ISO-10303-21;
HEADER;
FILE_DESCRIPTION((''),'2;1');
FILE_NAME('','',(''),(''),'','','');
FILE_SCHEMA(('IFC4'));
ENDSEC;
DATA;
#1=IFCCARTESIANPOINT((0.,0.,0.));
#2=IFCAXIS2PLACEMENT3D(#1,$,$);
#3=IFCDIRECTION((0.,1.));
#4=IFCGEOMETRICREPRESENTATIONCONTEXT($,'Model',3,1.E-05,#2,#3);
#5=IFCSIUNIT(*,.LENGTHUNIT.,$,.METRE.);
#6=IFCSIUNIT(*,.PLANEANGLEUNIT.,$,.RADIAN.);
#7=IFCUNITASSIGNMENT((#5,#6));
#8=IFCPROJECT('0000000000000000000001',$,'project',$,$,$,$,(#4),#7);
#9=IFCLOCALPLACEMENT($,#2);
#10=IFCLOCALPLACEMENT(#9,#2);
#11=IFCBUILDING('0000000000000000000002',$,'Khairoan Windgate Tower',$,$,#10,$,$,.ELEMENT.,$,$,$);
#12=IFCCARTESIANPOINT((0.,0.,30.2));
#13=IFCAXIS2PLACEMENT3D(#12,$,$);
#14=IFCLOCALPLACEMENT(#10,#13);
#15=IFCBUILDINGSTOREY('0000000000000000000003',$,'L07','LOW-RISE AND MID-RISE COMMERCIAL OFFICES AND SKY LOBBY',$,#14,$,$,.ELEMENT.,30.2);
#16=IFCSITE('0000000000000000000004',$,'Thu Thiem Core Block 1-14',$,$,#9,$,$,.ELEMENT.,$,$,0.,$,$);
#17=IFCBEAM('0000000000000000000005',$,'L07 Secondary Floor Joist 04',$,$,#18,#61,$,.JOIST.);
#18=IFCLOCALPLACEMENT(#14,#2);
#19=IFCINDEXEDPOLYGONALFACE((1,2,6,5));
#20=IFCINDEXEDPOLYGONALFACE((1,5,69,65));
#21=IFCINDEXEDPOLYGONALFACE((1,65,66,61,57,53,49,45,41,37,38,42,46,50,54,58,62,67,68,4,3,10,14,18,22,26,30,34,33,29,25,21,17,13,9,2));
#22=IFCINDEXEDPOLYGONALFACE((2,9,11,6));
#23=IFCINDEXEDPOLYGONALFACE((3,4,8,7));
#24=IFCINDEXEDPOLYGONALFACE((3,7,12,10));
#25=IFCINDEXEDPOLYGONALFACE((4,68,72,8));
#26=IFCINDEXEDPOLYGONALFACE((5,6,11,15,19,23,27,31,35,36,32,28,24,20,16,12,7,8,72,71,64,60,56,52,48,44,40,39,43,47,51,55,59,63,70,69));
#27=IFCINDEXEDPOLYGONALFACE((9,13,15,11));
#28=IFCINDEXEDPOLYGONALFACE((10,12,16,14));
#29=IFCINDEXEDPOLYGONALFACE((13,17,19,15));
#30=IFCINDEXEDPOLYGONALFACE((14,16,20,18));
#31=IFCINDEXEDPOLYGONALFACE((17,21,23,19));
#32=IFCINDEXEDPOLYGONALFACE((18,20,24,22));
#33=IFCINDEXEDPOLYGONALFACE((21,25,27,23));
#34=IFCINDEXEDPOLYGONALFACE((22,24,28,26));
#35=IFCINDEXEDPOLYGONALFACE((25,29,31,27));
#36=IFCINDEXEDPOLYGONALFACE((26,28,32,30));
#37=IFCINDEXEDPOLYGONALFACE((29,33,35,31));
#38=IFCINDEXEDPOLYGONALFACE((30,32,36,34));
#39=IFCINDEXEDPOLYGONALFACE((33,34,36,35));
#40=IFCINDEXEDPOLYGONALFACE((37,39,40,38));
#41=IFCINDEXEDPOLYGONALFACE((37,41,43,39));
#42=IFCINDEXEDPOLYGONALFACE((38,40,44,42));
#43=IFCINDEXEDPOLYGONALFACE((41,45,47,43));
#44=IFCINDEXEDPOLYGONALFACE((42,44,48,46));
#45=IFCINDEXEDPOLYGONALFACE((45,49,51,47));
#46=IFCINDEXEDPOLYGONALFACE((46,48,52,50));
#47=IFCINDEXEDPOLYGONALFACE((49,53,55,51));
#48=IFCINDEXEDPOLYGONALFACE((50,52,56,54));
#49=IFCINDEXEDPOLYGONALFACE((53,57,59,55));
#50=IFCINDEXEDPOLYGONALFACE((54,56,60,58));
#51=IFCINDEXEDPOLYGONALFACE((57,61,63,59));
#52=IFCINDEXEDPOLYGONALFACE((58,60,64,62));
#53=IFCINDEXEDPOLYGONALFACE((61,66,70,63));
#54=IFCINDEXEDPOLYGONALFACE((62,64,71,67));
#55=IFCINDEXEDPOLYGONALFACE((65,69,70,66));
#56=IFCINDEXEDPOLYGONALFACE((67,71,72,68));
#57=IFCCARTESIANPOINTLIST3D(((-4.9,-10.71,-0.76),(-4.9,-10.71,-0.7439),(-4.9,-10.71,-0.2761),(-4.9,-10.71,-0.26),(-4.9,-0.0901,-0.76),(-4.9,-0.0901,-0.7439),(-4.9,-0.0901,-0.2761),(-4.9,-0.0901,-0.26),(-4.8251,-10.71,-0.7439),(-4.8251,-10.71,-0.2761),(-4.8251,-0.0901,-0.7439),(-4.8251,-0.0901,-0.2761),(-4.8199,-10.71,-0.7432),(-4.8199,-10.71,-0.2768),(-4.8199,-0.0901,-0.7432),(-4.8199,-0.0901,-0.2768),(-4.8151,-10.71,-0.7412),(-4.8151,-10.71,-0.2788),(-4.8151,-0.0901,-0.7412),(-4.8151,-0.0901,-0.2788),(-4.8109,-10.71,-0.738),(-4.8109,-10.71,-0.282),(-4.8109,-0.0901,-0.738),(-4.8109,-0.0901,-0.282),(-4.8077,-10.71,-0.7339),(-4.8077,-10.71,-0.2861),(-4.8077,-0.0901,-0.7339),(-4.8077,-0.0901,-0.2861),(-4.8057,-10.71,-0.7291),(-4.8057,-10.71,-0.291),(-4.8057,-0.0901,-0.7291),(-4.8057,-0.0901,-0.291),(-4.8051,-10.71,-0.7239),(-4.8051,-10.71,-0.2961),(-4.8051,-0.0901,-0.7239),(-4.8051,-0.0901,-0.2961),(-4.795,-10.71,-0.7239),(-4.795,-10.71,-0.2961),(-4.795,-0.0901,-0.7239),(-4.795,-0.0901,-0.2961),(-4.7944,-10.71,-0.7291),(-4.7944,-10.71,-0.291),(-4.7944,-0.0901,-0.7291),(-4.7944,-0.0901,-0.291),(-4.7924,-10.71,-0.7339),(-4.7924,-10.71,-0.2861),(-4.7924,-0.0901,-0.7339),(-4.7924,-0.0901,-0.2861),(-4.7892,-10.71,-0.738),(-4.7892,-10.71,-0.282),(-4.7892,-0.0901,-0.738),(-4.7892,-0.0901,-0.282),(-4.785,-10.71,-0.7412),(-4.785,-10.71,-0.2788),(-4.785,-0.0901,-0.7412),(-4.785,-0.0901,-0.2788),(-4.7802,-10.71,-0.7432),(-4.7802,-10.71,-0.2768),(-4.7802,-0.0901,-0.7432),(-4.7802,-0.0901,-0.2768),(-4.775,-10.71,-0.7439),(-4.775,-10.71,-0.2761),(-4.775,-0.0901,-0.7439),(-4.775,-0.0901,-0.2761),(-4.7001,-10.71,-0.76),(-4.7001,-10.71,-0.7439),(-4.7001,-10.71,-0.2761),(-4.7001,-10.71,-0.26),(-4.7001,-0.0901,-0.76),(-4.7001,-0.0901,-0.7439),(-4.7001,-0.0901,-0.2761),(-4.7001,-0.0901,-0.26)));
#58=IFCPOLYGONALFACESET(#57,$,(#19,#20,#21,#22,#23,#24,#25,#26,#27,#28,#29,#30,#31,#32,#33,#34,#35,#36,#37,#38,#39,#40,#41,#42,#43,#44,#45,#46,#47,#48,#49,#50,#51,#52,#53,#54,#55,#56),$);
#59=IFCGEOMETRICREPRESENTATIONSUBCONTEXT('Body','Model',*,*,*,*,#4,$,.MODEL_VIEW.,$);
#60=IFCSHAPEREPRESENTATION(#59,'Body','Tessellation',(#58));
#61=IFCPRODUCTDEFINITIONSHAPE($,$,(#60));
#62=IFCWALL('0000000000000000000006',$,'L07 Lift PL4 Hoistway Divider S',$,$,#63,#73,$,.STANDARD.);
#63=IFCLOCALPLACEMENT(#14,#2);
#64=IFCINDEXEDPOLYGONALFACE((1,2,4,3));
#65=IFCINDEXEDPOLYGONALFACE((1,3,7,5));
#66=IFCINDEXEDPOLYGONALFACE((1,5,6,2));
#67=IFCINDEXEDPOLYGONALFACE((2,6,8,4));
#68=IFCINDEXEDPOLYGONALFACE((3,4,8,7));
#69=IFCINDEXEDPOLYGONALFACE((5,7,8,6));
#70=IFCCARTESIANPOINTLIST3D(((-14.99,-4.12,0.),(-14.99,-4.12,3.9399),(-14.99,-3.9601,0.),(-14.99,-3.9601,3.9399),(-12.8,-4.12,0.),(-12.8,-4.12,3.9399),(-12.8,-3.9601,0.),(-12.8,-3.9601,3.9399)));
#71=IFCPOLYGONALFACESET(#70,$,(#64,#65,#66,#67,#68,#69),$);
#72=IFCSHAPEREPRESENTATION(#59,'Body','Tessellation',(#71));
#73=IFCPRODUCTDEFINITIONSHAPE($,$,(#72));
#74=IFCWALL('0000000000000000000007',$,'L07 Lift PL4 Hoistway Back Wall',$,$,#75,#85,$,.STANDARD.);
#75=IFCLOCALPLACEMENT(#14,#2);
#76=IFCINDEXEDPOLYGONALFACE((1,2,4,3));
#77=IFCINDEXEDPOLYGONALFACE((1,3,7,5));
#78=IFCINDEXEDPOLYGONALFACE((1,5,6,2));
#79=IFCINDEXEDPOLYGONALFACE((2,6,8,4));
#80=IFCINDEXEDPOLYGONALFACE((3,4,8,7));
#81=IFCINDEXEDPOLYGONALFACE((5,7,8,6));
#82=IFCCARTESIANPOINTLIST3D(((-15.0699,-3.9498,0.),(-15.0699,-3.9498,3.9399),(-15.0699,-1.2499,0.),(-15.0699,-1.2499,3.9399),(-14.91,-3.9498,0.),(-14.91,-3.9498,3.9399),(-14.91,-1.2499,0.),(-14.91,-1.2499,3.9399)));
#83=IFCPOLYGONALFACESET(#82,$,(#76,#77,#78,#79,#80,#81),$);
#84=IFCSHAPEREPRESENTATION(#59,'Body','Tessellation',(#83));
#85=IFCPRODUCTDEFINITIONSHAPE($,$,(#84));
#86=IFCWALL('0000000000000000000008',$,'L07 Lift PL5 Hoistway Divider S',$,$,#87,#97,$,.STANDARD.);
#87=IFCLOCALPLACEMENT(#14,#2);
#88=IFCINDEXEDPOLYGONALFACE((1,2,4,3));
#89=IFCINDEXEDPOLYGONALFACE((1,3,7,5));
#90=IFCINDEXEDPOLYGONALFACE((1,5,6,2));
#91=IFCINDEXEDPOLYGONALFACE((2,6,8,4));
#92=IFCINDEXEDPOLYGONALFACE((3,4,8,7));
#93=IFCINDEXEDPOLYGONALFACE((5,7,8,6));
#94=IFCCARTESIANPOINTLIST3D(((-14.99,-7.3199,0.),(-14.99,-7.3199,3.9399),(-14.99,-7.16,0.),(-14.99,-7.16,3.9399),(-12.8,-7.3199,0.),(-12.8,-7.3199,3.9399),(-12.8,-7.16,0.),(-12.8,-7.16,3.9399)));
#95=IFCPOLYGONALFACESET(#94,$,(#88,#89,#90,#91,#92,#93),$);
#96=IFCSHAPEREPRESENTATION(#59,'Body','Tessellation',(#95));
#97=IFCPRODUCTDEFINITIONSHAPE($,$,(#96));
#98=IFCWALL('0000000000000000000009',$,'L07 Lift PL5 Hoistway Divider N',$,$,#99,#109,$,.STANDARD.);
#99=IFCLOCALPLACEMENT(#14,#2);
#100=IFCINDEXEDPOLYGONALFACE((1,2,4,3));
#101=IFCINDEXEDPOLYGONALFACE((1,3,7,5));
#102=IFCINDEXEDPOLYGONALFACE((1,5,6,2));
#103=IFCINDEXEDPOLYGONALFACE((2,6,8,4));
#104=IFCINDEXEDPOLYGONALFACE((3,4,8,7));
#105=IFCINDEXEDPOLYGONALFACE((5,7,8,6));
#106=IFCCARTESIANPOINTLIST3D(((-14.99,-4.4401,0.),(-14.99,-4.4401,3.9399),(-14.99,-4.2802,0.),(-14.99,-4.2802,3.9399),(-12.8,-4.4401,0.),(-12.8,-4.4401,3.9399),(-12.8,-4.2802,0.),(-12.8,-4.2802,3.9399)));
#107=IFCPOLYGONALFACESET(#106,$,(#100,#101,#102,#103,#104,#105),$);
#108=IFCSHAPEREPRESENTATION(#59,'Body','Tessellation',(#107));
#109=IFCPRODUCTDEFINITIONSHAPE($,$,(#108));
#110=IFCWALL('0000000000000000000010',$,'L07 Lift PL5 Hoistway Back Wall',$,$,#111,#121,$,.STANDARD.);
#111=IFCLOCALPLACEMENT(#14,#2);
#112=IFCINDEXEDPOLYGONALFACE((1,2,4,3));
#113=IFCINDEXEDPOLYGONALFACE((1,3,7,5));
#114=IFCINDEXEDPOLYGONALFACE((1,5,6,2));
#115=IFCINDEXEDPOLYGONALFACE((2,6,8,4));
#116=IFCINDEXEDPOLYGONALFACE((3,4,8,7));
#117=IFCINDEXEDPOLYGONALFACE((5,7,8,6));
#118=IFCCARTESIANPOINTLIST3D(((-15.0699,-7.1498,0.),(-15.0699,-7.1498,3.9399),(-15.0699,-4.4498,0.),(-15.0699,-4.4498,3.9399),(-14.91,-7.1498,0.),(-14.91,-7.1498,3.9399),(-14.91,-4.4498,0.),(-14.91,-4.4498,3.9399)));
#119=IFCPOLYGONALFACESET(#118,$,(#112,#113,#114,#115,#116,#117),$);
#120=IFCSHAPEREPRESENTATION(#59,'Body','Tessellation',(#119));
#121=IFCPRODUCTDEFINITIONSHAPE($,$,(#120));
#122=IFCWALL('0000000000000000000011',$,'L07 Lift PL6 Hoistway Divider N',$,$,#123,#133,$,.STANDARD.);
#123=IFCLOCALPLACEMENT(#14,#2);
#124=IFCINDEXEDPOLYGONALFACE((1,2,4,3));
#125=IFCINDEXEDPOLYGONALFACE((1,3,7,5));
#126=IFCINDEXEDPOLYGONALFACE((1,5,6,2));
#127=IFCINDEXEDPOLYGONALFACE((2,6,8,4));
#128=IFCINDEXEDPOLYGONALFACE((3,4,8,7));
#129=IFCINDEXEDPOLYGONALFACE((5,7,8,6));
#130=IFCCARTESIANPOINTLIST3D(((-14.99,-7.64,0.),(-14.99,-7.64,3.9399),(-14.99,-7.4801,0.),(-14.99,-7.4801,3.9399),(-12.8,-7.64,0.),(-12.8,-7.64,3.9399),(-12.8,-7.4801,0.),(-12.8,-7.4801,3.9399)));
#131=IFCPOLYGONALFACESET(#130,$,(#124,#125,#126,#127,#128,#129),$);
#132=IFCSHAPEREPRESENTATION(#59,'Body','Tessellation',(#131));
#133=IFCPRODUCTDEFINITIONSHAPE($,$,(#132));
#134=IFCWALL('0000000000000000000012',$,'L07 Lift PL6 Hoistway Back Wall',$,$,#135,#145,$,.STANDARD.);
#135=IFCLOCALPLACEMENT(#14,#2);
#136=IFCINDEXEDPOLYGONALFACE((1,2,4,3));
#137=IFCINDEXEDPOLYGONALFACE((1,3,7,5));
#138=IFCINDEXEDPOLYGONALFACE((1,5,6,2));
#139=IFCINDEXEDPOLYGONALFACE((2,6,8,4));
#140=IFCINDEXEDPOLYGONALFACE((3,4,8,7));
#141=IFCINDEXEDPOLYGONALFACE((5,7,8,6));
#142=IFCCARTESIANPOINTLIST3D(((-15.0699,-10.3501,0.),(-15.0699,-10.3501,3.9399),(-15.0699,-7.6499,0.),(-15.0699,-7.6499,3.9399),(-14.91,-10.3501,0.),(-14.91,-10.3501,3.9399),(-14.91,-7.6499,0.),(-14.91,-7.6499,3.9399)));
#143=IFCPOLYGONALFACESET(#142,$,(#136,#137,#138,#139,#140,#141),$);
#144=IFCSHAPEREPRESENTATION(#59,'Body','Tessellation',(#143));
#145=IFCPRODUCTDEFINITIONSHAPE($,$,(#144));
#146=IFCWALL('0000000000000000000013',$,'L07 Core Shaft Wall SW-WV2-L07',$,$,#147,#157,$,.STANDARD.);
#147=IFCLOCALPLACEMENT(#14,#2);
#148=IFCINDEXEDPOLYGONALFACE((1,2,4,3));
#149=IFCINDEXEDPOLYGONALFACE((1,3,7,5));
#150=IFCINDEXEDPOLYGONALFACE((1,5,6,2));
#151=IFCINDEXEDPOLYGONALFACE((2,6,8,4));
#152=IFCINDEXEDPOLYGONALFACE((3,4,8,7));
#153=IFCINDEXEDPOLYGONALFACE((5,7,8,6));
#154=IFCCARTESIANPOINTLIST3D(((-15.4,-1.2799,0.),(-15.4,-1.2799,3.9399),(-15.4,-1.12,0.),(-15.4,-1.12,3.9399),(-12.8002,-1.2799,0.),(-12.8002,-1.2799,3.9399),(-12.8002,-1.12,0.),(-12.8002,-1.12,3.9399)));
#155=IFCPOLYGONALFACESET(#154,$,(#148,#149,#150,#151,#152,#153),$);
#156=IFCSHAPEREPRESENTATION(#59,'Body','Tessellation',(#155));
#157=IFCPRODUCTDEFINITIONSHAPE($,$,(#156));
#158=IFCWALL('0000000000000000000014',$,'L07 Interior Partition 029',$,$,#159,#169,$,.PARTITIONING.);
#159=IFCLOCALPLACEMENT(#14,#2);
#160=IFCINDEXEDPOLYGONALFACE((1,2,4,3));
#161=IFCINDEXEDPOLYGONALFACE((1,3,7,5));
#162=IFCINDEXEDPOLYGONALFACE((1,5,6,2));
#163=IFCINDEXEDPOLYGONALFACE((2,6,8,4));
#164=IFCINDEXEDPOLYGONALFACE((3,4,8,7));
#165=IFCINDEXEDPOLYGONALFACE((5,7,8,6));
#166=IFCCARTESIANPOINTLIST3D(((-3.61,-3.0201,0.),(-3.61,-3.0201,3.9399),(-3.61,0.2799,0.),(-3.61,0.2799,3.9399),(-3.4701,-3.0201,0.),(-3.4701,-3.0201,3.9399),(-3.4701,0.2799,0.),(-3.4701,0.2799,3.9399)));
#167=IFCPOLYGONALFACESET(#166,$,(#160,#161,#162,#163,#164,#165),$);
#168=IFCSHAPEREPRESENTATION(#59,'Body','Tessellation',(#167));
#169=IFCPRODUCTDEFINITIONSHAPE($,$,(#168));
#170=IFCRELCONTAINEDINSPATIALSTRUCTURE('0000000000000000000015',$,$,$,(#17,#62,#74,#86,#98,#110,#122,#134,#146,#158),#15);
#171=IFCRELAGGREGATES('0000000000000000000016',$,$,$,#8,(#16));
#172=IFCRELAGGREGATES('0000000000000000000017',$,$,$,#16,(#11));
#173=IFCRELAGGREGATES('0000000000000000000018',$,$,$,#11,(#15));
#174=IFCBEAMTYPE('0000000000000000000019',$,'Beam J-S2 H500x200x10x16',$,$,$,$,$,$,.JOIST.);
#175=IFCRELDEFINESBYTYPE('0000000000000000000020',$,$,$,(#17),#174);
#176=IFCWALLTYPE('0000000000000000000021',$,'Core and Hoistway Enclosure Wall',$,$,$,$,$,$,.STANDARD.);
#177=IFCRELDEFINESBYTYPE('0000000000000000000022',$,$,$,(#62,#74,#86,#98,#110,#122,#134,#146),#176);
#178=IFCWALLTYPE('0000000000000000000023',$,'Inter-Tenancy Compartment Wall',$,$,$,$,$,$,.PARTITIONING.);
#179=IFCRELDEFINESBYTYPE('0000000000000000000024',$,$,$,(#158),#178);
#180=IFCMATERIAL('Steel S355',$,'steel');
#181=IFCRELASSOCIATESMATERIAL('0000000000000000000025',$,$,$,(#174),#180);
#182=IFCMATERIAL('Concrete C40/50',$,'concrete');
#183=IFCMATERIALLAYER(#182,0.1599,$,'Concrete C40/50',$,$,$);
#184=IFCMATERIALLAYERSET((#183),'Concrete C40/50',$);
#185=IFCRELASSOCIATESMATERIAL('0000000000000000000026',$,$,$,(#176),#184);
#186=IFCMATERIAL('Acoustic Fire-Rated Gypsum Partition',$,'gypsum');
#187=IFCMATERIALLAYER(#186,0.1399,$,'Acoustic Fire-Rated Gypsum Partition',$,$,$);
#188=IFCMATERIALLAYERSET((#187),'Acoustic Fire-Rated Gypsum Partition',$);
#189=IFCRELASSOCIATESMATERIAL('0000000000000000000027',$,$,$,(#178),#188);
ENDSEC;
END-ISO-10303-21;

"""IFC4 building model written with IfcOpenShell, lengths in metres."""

from ifc_helpers import new_model, si_unit, direction, frame, frame_2d, origin, origin_2d, place, context, subcontext, project, spatial, rectangle, i_section, extrude, material, layer, layer_set, material_profile, profile_set, type_object, element, save


model = new_model("IFC4")

# Units and contexts
model_context = context("Model", 3, precision=1e-05, world=origin(), true_north=direction((0.0, 1.0)))
body_context = subcontext(model_context, "Body", "Model", "MODEL_VIEW")
ifc_project = project(units=[si_unit("LENGTHUNIT", "METRE"), si_unit("PLANEANGLEUNIT", "RADIAN")], contexts=[model_context])

# Site, building, storey
site_placement = place(None, origin())
site = spatial("IfcSite", under=ifc_project, at=site_placement, Name="Thu Thiem Core Block 1-14", CompositionType="ELEMENT", RefElevation=0.0)
building_placement = place(site_placement, origin())
building = spatial("IfcBuilding", under=site, at=building_placement, Name="Khairoan Windgate Tower", CompositionType="ELEMENT")
storey_placement = place(building_placement, frame((0.0, 0.0, 30.2)))
storey = spatial("IfcBuildingStorey", under=building, at=storey_placement, Name="L07", Description="LOW-RISE AND MID-RISE COMMERCIAL OFFICES AND SKY LOBBY", CompositionType="ELEMENT", Elevation=30.2)

# Beam
ifc_material_1 = material(Name="Steel S355", Category="steel")
ifc_material_profile_1 = material_profile(ifc_material_1, i_section(OverallWidth=0.2, OverallDepth=0.5, WebThickness=0.01, FlangeThickness=0.0161, FilletRadius=0.02, at=origin_2d()))
ifc_profile_set_1 = profile_set([ifc_material_profile_1], Name="Steel S355")
beam_type_1 = type_object("IfcBeamType", Name="Beam J-S2 H500x200x10x16", PredefinedType="JOIST", material=ifc_profile_set_1)
beam_1_placement = place(storey_placement, frame((-4.8, -10.71, -0.51), z_axis=(0.0, 1.0, 0.0), x_axis=(-1.0, 0.0, 0.0)))
element("IfcBeam", 1, at=beam_1_placement, inside=storey, type_object=beam_type_1, Name="L07 Secondary Floor Joist 04", PredefinedType="JOIST", context=body_context, shape_type="SweptSolid", body=[
    extrude(i_section(OverallWidth=0.2, OverallDepth=0.5, WebThickness=0.01, FlangeThickness=0.0161, FilletRadius=0.02, at=origin_2d()), origin(), (0.0, 0.0, 1.0), 10.6199),
])

# Walls
ifc_material_2 = material(Name="Concrete C40/50", Category="concrete")
ifc_layer_1 = layer(ifc_material_2, 0.1599, Name="Concrete C40/50")
ifc_layer_set_1 = layer_set([ifc_layer_1], Name="Concrete C40/50")
wall_type_1 = type_object("IfcWallType", Name="Core and Hoistway Enclosure Wall", PredefinedType="STANDARD", material=ifc_layer_set_1)
wall_1_placement = place(storey_placement, frame((-14.99, -4.04, 0.0), z_axis=(0.0, 0.0, 1.0), x_axis=(1.0, 0.0, 0.0)))
element("IfcWall", 2, at=wall_1_placement, inside=storey, type_object=wall_type_1, Name="L07 Lift PL4 Hoistway Divider S", PredefinedType="STANDARD", context=body_context, shape_type="SweptSolid", body=[
    extrude(rectangle(XDim=2.1899, YDim=0.1599, at=frame_2d((1.095, 0.0))), origin(), (0.0, 0.0, 1.0), 3.9399),
])
wall_2_placement = place(storey_placement, frame((-14.99, -3.95, 0.0), z_axis=(0.0, 0.0, 1.0), x_axis=(0.0, 1.0, 0.0)))
element("IfcWall", 3, at=wall_2_placement, inside=storey, type_object=wall_type_1, Name="L07 Lift PL4 Hoistway Back Wall", PredefinedType="STANDARD", context=body_context, shape_type="SweptSolid", body=[
    extrude(rectangle(XDim=2.7, YDim=0.1599, at=frame_2d((1.3501, 0.0))), origin(), (0.0, 0.0, 1.0), 3.9399),
])
for number, where, z_axis, x_axis, name in (
    (4, (-14.99, -7.24, 0.0), (0.0, 0.0, 1.0), (1.0, 0.0, 0.0), "L07 Lift PL5 Hoistway Divider S"),
    (5, (-14.99, -4.3601, 0.0), (0.0, 0.0, 1.0), (1.0, 0.0, 0.0), "L07 Lift PL5 Hoistway Divider N"),
):
    element("IfcWall", number, at=place(storey_placement, frame(where, z_axis=z_axis, x_axis=x_axis)), inside=storey, type_object=wall_type_1, Name=name, PredefinedType="STANDARD", context=body_context, shape_type="SweptSolid", body=[
        extrude(rectangle(XDim=2.1899, YDim=0.1599, at=frame_2d((1.095, 0.0))), origin(), (0.0, 0.0, 1.0), 3.9399),
    ])
wall_3_placement = place(storey_placement, frame((-14.99, -7.1499, 0.0), z_axis=(0.0, 0.0, 1.0), x_axis=(0.0, 1.0, 0.0)))
element("IfcWall", 6, at=wall_3_placement, inside=storey, type_object=wall_type_1, Name="L07 Lift PL5 Hoistway Back Wall", PredefinedType="STANDARD", context=body_context, shape_type="SweptSolid", body=[
    extrude(rectangle(XDim=2.7, YDim=0.1599, at=frame_2d((1.3501, 0.0))), origin(), (0.0, 0.0, 1.0), 3.9399),
])
wall_4_placement = place(storey_placement, frame((-14.99, -7.5601, 0.0), z_axis=(0.0, 0.0, 1.0), x_axis=(1.0, 0.0, 0.0)))
element("IfcWall", 7, at=wall_4_placement, inside=storey, type_object=wall_type_1, Name="L07 Lift PL6 Hoistway Divider N", PredefinedType="STANDARD", context=body_context, shape_type="SweptSolid", body=[
    extrude(rectangle(XDim=2.1899, YDim=0.1599, at=frame_2d((1.095, 0.0))), origin(), (0.0, 0.0, 1.0), 3.9399),
])
wall_5_placement = place(storey_placement, frame((-14.99, -10.3501, 0.0), z_axis=(0.0, 0.0, 1.0), x_axis=(0.0, 1.0, 0.0)))
element("IfcWall", 8, at=wall_5_placement, inside=storey, type_object=wall_type_1, Name="L07 Lift PL6 Hoistway Back Wall", PredefinedType="STANDARD", context=body_context, shape_type="SweptSolid", body=[
    extrude(rectangle(XDim=2.7002, YDim=0.1599, at=frame_2d((1.3501, 0.0))), origin(), (0.0, 0.0, 1.0), 3.9399),
])
wall_6_placement = place(storey_placement, frame((-15.3999, -1.2, 0.0), z_axis=(0.0, 0.0, 1.0), x_axis=(1.0, 0.0, 0.0)))
element("IfcWall", 9, at=wall_6_placement, inside=storey, type_object=wall_type_1, Name="L07 Core Shaft Wall SW-WV2-L07", PredefinedType="STANDARD", context=body_context, shape_type="SweptSolid", body=[
    extrude(rectangle(XDim=2.5999, YDim=0.1599, at=frame_2d((1.2998, 0.0))), origin(), (0.0, 0.0, 1.0), 3.9399),
])
ifc_material_3 = material(Name="Acoustic Fire-Rated Gypsum Partition", Category="gypsum")
ifc_layer_2 = layer(ifc_material_3, 0.1399, Name="Acoustic Fire-Rated Gypsum Partition")
ifc_layer_set_2 = layer_set([ifc_layer_2], Name="Acoustic Fire-Rated Gypsum Partition")
wall_type_2 = type_object("IfcWallType", Name="Inter-Tenancy Compartment Wall", PredefinedType="PARTITIONING", material=ifc_layer_set_2)
wall_7_placement = place(storey_placement, frame((-3.54, -3.02, 0.0), z_axis=(0.0, 0.0, 1.0), x_axis=(0.0, 1.0, 0.0)))
element("IfcWall", 10, at=wall_7_placement, inside=storey, type_object=wall_type_2, Name="L07 Interior Partition 029", PredefinedType="PARTITIONING", context=body_context, shape_type="SweptSolid", body=[
    extrude(rectangle(XDim=3.3, YDim=0.1399, at=frame_2d((1.6499, 0.0))), origin(), (0.0, 0.0, 1.0), 3.9399),
])

save(model, "model.ifc")
